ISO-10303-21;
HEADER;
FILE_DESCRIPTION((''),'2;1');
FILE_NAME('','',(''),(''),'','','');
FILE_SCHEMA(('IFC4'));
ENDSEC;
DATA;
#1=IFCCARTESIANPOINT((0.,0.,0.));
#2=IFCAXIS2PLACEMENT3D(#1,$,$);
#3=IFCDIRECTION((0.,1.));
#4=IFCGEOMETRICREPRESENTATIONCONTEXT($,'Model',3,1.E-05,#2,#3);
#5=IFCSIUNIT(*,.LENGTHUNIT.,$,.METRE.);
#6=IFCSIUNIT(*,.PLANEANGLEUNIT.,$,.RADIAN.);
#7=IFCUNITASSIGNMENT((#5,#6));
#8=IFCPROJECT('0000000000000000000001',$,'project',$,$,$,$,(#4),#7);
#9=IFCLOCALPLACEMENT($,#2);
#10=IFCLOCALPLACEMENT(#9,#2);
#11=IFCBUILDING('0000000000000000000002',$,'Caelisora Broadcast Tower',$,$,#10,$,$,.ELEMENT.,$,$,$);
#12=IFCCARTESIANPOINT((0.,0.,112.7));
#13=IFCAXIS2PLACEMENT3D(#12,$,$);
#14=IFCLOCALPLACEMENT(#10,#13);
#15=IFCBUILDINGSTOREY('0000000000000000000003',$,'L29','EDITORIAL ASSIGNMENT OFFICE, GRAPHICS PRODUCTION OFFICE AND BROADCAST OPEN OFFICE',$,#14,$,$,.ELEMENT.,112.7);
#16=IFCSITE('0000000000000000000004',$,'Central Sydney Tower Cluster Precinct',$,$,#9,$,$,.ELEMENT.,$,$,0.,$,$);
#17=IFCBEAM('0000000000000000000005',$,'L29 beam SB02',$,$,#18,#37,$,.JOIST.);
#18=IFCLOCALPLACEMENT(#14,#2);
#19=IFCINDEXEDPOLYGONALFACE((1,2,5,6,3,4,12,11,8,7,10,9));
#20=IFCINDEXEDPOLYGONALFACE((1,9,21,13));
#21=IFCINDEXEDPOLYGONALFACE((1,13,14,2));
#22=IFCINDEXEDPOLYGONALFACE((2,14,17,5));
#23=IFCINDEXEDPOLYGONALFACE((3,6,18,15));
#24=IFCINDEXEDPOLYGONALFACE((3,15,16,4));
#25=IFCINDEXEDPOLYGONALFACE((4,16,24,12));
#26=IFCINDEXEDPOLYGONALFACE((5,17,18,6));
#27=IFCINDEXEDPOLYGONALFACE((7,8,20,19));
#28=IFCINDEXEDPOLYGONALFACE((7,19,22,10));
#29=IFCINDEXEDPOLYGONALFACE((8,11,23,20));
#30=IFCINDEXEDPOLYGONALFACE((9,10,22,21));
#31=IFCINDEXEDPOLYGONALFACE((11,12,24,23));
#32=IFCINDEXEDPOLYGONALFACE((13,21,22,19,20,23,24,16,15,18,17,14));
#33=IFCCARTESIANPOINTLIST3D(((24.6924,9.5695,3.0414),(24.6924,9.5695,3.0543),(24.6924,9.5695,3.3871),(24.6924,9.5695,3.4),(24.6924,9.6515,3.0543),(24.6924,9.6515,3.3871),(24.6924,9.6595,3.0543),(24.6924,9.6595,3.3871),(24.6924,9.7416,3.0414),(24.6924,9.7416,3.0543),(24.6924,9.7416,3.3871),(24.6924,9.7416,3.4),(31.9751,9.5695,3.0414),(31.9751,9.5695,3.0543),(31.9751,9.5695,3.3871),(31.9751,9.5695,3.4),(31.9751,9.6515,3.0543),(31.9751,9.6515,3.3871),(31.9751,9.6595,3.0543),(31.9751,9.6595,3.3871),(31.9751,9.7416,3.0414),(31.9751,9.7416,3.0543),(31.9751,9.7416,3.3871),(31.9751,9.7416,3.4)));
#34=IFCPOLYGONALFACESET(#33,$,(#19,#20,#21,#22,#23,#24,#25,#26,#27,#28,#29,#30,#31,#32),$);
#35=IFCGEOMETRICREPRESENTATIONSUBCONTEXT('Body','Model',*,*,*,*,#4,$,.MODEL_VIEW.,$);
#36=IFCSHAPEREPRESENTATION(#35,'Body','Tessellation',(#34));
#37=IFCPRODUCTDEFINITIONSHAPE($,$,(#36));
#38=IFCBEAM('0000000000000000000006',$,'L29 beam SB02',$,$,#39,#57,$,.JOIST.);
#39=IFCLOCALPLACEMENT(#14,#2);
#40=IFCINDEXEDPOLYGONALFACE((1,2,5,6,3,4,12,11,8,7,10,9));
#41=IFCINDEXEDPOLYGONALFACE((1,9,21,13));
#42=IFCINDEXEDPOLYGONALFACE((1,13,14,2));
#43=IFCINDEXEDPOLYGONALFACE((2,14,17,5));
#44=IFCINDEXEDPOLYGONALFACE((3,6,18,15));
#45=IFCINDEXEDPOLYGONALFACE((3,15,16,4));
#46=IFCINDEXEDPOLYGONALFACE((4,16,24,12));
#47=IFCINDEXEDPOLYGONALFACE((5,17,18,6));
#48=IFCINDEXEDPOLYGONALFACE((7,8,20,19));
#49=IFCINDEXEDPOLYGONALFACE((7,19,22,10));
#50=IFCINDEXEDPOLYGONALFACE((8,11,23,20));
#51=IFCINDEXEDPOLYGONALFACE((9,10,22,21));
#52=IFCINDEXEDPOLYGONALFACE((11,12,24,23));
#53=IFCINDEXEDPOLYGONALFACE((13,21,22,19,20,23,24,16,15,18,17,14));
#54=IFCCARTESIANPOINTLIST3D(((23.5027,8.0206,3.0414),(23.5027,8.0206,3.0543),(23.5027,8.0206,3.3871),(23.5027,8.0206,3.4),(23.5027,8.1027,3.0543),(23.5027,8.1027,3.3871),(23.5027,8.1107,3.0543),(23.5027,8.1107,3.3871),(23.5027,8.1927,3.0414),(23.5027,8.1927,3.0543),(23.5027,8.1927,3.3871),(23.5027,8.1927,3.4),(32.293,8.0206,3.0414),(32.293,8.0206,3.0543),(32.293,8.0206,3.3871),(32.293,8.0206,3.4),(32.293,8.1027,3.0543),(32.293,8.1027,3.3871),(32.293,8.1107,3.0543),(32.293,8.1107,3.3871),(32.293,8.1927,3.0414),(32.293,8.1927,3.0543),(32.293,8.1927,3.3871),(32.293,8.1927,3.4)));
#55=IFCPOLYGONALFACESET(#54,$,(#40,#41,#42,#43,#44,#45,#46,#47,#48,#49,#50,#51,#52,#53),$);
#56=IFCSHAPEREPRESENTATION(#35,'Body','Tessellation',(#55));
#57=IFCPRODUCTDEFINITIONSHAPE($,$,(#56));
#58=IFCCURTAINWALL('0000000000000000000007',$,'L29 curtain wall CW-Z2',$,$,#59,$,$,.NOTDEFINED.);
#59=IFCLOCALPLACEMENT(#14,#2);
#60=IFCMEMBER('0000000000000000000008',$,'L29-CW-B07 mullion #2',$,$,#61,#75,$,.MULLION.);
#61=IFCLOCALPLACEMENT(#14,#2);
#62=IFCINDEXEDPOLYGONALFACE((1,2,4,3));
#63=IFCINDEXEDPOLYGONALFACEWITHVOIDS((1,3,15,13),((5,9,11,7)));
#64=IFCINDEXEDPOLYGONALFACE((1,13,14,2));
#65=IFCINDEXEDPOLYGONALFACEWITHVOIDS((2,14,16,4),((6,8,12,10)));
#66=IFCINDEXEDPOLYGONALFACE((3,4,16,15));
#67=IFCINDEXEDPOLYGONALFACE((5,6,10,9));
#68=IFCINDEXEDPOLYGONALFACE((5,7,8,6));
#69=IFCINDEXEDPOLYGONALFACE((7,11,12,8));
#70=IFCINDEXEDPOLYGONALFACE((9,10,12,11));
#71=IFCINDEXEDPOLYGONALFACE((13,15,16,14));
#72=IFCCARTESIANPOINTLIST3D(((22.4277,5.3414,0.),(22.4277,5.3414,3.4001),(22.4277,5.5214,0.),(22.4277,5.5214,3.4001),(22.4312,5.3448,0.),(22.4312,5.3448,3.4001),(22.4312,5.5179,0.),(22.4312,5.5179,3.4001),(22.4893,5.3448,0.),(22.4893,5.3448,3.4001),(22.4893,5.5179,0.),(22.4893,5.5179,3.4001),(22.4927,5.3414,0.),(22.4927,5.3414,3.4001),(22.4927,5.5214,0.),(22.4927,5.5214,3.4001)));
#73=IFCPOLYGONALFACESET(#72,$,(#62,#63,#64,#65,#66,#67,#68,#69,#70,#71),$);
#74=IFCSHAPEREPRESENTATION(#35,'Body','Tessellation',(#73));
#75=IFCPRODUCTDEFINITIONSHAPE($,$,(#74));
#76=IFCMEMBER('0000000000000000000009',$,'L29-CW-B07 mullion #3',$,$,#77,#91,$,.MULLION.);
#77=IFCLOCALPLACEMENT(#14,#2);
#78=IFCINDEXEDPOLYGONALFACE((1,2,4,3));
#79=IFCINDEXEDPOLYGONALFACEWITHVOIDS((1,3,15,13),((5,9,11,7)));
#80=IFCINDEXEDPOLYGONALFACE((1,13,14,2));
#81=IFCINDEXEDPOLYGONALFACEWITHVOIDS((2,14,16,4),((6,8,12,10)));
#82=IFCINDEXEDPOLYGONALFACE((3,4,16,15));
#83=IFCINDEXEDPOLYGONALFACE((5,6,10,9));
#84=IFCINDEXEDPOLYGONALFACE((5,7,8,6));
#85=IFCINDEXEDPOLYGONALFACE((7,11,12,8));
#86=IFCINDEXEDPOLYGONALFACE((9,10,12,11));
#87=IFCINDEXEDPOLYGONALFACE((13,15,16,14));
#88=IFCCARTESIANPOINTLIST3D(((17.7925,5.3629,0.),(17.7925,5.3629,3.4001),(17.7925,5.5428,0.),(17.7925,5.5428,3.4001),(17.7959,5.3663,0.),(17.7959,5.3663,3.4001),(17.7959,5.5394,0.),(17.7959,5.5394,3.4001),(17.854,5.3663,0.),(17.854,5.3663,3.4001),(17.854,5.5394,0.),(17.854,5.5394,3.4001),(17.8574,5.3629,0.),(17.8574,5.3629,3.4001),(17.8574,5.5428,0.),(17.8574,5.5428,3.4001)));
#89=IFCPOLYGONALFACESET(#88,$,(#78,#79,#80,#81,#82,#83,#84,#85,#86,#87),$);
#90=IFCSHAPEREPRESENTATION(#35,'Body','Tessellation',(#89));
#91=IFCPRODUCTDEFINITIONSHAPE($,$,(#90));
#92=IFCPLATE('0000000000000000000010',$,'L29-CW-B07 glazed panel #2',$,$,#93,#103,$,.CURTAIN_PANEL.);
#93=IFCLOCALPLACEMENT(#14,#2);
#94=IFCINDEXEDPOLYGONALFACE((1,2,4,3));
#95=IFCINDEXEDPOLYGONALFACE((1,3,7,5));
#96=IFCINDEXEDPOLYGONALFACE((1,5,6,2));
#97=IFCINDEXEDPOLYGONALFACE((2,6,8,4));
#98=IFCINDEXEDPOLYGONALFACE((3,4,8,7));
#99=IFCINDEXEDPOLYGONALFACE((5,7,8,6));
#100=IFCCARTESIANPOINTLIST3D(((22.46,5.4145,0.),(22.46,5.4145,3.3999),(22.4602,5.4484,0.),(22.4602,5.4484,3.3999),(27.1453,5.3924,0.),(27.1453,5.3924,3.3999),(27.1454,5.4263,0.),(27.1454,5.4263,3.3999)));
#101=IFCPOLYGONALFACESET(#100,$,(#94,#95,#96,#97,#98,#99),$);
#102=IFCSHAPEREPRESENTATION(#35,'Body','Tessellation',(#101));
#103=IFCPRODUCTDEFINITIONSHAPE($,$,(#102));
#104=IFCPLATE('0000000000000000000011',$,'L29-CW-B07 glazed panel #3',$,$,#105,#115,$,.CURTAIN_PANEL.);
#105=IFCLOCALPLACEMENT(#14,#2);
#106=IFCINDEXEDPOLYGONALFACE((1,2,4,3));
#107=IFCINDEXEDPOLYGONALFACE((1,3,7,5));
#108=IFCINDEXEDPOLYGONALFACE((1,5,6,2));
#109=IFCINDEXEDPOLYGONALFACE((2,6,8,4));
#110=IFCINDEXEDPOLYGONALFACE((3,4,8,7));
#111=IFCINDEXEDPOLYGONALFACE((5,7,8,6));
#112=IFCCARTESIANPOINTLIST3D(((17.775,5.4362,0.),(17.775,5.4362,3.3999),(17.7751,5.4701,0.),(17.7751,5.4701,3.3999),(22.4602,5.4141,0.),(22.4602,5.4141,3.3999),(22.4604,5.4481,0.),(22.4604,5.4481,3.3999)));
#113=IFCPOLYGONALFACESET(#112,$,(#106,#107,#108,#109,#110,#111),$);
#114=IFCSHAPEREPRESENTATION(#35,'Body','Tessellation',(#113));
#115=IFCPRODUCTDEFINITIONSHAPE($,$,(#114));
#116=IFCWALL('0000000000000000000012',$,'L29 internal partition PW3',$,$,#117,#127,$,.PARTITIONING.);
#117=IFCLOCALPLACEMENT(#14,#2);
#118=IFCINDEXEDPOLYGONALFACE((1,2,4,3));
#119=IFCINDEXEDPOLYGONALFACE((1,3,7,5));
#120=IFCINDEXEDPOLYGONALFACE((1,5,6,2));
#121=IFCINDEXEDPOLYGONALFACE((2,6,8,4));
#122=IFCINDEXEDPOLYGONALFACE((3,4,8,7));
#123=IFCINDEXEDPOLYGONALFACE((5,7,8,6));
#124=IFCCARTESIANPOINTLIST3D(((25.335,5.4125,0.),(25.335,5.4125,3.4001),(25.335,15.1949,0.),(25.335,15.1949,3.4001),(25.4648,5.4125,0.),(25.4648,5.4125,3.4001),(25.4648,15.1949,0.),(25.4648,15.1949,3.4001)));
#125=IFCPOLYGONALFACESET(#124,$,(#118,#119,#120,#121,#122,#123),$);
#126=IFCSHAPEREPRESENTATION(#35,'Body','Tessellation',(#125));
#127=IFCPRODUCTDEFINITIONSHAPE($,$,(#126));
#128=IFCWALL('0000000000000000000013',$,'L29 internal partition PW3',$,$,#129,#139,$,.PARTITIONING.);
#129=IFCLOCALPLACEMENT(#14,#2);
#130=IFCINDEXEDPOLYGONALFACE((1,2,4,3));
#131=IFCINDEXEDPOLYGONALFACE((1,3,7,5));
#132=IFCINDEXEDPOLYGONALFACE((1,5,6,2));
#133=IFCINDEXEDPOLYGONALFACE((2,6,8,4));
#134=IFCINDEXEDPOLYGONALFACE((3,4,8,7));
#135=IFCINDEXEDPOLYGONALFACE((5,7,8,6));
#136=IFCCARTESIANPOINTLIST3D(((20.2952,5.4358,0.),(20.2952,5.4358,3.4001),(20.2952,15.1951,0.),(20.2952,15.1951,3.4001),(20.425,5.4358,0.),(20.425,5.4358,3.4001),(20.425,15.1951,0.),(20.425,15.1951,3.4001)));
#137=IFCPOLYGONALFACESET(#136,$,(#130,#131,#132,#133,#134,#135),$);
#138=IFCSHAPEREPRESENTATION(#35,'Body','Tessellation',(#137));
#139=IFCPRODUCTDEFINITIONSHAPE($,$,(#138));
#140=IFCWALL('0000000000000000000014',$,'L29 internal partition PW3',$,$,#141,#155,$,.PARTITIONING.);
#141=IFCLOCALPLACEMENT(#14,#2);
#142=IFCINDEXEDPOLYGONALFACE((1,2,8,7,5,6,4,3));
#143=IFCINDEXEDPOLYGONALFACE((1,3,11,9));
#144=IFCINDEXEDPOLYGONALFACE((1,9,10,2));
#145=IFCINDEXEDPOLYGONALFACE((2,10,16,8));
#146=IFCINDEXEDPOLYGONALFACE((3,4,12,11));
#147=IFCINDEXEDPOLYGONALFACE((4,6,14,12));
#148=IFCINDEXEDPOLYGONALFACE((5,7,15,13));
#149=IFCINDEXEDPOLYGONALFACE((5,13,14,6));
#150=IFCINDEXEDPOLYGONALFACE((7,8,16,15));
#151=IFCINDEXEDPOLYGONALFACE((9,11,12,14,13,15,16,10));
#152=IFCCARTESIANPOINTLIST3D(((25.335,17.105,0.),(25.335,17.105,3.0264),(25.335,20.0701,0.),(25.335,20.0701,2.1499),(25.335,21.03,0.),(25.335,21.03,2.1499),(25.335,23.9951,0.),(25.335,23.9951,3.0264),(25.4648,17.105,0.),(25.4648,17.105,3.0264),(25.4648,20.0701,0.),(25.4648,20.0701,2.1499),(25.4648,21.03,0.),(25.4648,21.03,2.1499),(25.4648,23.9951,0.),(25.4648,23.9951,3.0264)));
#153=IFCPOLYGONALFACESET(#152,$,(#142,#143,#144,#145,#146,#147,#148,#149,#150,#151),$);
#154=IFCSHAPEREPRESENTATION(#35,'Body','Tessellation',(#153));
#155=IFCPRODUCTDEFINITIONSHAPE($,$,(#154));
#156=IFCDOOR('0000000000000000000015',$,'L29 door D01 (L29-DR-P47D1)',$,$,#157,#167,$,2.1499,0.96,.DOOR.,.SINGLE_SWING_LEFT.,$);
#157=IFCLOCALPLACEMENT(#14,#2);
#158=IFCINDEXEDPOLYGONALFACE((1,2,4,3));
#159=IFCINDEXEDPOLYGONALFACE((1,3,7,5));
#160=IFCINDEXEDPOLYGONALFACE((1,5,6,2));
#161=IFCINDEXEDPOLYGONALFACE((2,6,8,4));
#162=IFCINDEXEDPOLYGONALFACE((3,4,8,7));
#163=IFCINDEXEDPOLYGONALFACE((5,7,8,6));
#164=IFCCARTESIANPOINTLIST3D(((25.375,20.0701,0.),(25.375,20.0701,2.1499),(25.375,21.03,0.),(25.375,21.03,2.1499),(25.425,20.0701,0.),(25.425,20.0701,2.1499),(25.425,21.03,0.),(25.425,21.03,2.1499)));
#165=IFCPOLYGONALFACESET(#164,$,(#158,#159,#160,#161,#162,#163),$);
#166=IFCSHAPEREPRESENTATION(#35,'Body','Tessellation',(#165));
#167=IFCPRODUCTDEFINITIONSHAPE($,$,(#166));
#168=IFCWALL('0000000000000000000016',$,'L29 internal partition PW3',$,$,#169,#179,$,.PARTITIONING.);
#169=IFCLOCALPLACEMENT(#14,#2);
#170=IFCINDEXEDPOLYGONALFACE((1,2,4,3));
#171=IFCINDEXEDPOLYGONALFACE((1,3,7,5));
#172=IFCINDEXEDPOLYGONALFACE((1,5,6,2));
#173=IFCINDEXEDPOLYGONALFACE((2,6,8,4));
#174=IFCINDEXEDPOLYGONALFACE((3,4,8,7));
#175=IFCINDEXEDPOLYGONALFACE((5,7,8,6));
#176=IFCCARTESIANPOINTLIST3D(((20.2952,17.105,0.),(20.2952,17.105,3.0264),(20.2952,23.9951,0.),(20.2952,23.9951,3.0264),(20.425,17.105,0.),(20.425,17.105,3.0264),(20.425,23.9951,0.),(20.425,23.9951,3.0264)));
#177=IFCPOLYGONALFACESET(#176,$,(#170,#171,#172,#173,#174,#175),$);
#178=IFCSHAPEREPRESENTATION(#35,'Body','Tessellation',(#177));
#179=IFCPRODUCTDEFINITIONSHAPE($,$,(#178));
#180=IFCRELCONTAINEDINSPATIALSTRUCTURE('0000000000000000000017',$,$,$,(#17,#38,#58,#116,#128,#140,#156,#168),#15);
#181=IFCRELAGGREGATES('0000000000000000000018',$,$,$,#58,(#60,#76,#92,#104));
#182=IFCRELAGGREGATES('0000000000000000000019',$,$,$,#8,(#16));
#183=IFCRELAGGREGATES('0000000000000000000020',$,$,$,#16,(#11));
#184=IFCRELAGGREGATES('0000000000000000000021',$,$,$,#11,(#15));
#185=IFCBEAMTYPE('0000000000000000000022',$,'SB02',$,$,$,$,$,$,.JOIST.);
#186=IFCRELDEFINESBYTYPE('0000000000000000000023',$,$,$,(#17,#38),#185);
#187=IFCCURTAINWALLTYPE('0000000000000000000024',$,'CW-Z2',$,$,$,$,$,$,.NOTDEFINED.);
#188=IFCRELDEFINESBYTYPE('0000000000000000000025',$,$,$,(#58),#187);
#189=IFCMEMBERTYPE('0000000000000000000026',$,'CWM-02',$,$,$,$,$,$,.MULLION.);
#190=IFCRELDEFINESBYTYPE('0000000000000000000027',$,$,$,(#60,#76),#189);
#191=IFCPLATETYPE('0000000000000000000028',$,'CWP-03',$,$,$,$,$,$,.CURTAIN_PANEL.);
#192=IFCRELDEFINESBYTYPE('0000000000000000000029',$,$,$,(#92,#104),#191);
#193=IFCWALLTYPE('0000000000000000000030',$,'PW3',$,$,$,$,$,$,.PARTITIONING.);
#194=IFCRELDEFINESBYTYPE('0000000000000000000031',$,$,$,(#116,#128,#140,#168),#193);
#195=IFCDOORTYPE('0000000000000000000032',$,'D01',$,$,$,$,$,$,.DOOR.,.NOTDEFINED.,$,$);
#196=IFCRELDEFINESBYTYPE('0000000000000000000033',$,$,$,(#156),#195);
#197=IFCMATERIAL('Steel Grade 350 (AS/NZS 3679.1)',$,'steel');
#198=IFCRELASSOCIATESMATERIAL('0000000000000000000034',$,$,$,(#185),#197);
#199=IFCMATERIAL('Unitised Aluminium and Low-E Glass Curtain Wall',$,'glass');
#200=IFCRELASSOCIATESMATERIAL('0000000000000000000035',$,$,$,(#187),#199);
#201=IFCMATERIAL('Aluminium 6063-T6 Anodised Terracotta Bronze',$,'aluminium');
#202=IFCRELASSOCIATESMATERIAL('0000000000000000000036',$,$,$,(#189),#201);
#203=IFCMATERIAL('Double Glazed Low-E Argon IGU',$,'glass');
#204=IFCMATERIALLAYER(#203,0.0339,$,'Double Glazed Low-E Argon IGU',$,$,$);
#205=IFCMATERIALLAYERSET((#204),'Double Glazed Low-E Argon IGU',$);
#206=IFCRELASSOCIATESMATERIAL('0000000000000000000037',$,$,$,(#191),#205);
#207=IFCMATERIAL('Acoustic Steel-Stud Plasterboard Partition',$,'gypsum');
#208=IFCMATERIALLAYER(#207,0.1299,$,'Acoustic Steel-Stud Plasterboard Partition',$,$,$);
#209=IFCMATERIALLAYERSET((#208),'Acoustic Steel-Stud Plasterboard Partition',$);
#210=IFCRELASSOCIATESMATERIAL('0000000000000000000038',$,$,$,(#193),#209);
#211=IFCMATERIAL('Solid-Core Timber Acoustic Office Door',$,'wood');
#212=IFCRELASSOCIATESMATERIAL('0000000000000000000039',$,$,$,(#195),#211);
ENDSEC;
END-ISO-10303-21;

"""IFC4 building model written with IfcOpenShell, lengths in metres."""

from ifc_helpers import new_model, si_unit, direction, frame, frame_2d, origin, origin_2d, place, context, subcontext, project, spatial, rectangle, hollow_rectangle, i_section, extrude, source, transform, mapped, material, layer, layer_set, material_profile, profile_set, type_object, type_shapes, element, fill, aggregate, save


model = new_model("IFC4")

# Units and contexts
model_context = context("Model", 3, precision=1e-05, world=origin(), true_north=direction((0.0, 1.0)))
body_context = subcontext(model_context, "Body", "Model", "MODEL_VIEW")
ifc_project = project(units=[si_unit("LENGTHUNIT", "METRE"), si_unit("PLANEANGLEUNIT", "RADIAN")], contexts=[model_context])

# Site, building, storey
site_placement = place(None, origin())
site = spatial("IfcSite", under=ifc_project, at=site_placement, Name="Central Sydney Tower Cluster Precinct", CompositionType="ELEMENT", RefElevation=0.0)
building_placement = place(site_placement, origin())
building = spatial("IfcBuilding", under=site, at=building_placement, Name="Caelisora Broadcast Tower", CompositionType="ELEMENT")
storey_placement = place(building_placement, frame((0.0, 0.0, 112.7)))
storey = spatial("IfcBuildingStorey", under=building, at=storey_placement, Name="L29", Description="EDITORIAL ASSIGNMENT OFFICE, GRAPHICS PRODUCTION OFFICE AND BROADCAST OPEN OFFICE", CompositionType="ELEMENT", Elevation=112.7)

# Beams
ifc_material_1 = material(Name="Steel Grade 350 (AS/NZS 3679.1)", Category="steel")
ifc_material_profile_1 = material_profile(ifc_material_1, i_section(OverallWidth=0.1721, OverallDepth=0.3586, WebThickness=0.0081, FlangeThickness=0.0129, at=origin_2d()), Name="Steel Grade 350 (AS/NZS 3679.1)")
ifc_profile_set_1 = profile_set([ifc_material_profile_1], Name="Steel Grade 350 (AS/NZS 3679.1)")
beam_type_1 = type_object("IfcBeamType", Name="SB02", PredefinedType="JOIST", material=ifc_profile_set_1)
shared_shape_1 = source(origin(), body_context, "Body", "SweptSolid", [
    extrude(i_section(OverallWidth=0.1721, OverallDepth=0.3586, WebThickness=0.0081, FlangeThickness=0.0129, at=origin_2d()), origin(), (0.0, 0.0, 1.0), 7.2827),
])
beam_1_placement = place(storey_placement, frame((24.6924, 9.6555, 3.2207), z_axis=(1.0, 0.0, 0.0), x_axis=(0.0, 1.0, 0.0)))
element("IfcBeam", 1, at=beam_1_placement, inside=storey, type_object=beam_type_1, Name="L29 beam SB02", PredefinedType="JOIST", context=body_context, shape_type="MappedRepresentation", body=[
    mapped(shared_shape_1, transform((0.0, 0.0, 0.0), scale=1.0)),
])
shared_shape_2 = source(origin(), body_context, "Body", "SweptSolid", [
    extrude(i_section(OverallWidth=0.1721, OverallDepth=0.3586, WebThickness=0.0081, FlangeThickness=0.0129, at=origin_2d()), origin(), (0.0, 0.0, 1.0), 8.7903),
])
beam_2_placement = place(storey_placement, frame((23.5027, 8.1067, 3.2207), z_axis=(1.0, 0.0, 0.0), x_axis=(0.0, 1.0, 0.0)))
element("IfcBeam", 2, at=beam_2_placement, inside=storey, type_object=beam_type_1, Name="L29 beam SB02", PredefinedType="JOIST", context=body_context, shape_type="MappedRepresentation", body=[
    mapped(shared_shape_2, transform((0.0, 0.0, 0.0), scale=1.0)),
])

# Curtain wall, members, plates
ifc_material_2 = material(Name="Unitised Aluminium and Low-E Glass Curtain Wall", Category="glass")
curtain_wall_type = type_object("IfcCurtainWallType", Name="CW-Z2", PredefinedType="NOTDEFINED", material=ifc_material_2)
curtain_wall_placement = place(storey_placement, origin())
curtain_wall = element("IfcCurtainWall", 3, at=curtain_wall_placement, inside=storey, type_object=curtain_wall_type, Name="L29 curtain wall CW-Z2", PredefinedType="NOTDEFINED")
ifc_material_3 = material(Name="Aluminium 6063-T6 Anodised Terracotta Bronze", Category="aluminium")
ifc_material_profile_2 = material_profile(ifc_material_3, hollow_rectangle(XDim=0.0649, YDim=0.1799, WallThickness=0.0034, at=origin_2d()), Name="Aluminium 6063-T6 Anodised Terracotta Bronze")
ifc_profile_set_2 = profile_set([ifc_material_profile_2], Name="Aluminium 6063-T6 Anodised Terracotta Bronze")
member_type = type_object("IfcMemberType", Name="CWM-02", PredefinedType="MULLION", material=ifc_profile_set_2)
shared_shape_3 = source(origin(), body_context, "Body", "SweptSolid", [
    extrude(hollow_rectangle(XDim=0.0649, YDim=0.1799, WallThickness=0.0034, at=origin_2d()), origin(), (0.0, 0.0, 1.0), 3.4001),
])
type_shapes(member_type, [shared_shape_3])
member_1_placement = place(storey_placement, frame((22.4602, 5.4314, 0.0), z_axis=(0.0, 0.0, 1.0), x_axis=(1.0, 0.0, 0.0)))
member_1 = element("IfcMember", 4, at=member_1_placement, type_object=member_type, Name="L29-CW-B07 mullion #2", PredefinedType="MULLION", context=body_context, shape_type="MappedRepresentation", body=[
    mapped(shared_shape_3, transform((0.0, 0.0, 0.0), scale=1.0)),
])
member_2_placement = place(storey_placement, frame((17.825, 5.4529, 0.0), z_axis=(0.0, 0.0, 1.0), x_axis=(1.0, 0.0, 0.0)))
member_2 = element("IfcMember", 5, at=member_2_placement, type_object=member_type, Name="L29-CW-B07 mullion #3", PredefinedType="MULLION", context=body_context, shape_type="MappedRepresentation", body=[
    mapped(shared_shape_3, transform((0.0, 0.0, 0.0), scale=1.0)),
])
ifc_material_4 = material(Name="Double Glazed Low-E Argon IGU", Category="glass")
ifc_layer_1 = layer(ifc_material_4, 0.0339, Name="Double Glazed Low-E Argon IGU")
ifc_layer_set_1 = layer_set([ifc_layer_1], Name="Double Glazed Low-E Argon IGU")
plate_type = type_object("IfcPlateType", Name="CWP-03", PredefinedType="CURTAIN_PANEL", material=ifc_layer_set_1)
shared_shape_4 = source(origin(), body_context, "Body", "SweptSolid", [
    extrude(rectangle(XDim=4.6853, YDim=0.0339, at=origin_2d()), origin(), (0.0, 0.0, 1.0), 3.3999),
])
type_shapes(plate_type, [shared_shape_4])
plate_1_placement = place(storey_placement, frame((24.8027, 5.4204, 0.0), z_axis=(0.0, 0.0, 1.0), x_axis=(-0.999989, 0.004712, 0.0)))
plate_1 = element("IfcPlate", 6, at=plate_1_placement, type_object=plate_type, Name="L29-CW-B07 glazed panel #2", PredefinedType="CURTAIN_PANEL", context=body_context, shape_type="MappedRepresentation", body=[
    mapped(shared_shape_4, transform((0.0, 0.0, 0.0), scale=1.0)),
])
plate_2_placement = place(storey_placement, frame((20.1177, 5.4421, 0.0), z_axis=(0.0, 0.0, 1.0), x_axis=(-0.999989, 0.004712, 0.0)))
plate_2 = element("IfcPlate", 7, at=plate_2_placement, type_object=plate_type, Name="L29-CW-B07 glazed panel #3", PredefinedType="CURTAIN_PANEL", context=body_context, shape_type="MappedRepresentation", body=[
    mapped(shared_shape_4, transform((0.0, 0.0, 0.0), scale=1.0)),
])
aggregate(curtain_wall, [member_1, member_2, plate_1, plate_2])

# Walls
ifc_material_5 = material(Name="Acoustic Steel-Stud Plasterboard Partition", Category="gypsum")
ifc_layer_2 = layer(ifc_material_5, 0.1299, Name="Acoustic Steel-Stud Plasterboard Partition")
ifc_layer_set_2 = layer_set([ifc_layer_2], Name="Acoustic Steel-Stud Plasterboard Partition")
wall_type = type_object("IfcWallType", Name="PW3", PredefinedType="PARTITIONING", material=ifc_layer_set_2)
wall_1_placement = place(storey_placement, frame((25.3999, 5.4126, 0.0), z_axis=(0.0, 0.0, 1.0), x_axis=(0.0, 1.0, 0.0)))
element("IfcWall", 8, at=wall_1_placement, inside=storey, type_object=wall_type, Name="L29 internal partition PW3", PredefinedType="PARTITIONING", context=body_context, shape_type="SweptSolid", body=[
    extrude(rectangle(XDim=9.7825, YDim=0.1299, at=frame_2d((4.8911, 0.0))), origin(), (0.0, 0.0, 1.0), 3.4001),
])
wall_2_placement = place(storey_placement, frame((20.3601, 5.4358, 0.0), z_axis=(0.0, 0.0, 1.0), x_axis=(0.0, 1.0, 0.0)))
element("IfcWall", 9, at=wall_2_placement, inside=storey, type_object=wall_type, Name="L29 internal partition PW3", PredefinedType="PARTITIONING", context=body_context, shape_type="SweptSolid", body=[
    extrude(rectangle(XDim=9.7593, YDim=0.1299, at=frame_2d((4.8796, 0.0))), origin(), (0.0, 0.0, 1.0), 3.4001),
])

# Wall, opening, door
wall_3_placement = place(storey_placement, frame((25.3999, 17.105, 0.0), z_axis=(0.0, 0.0, 1.0), x_axis=(0.0, 1.0, 0.0)))
wall_3 = element("IfcWall", 10, at=wall_3_placement, inside=storey, type_object=wall_type, Name="L29 internal partition PW3", PredefinedType="PARTITIONING", context=body_context, shape_type="SweptSolid", body=[
    extrude(rectangle(XDim=6.8901, YDim=0.1299, at=frame_2d((3.4451, 0.0))), origin(), (0.0, 0.0, 1.0), 3.0264),
])
opening_1_placement = place(wall_3_placement, frame((2.9651, 0.0, 0.0)))
opening_1 = element("IfcOpeningElement", 11, at=opening_1_placement, cuts=wall_3, PredefinedType="OPENING", context=body_context, shape_type="SweptSolid", body=[
    extrude(rectangle(XDim=0.96, YDim=2.1499, at=frame_2d((0.48, 1.075))), frame((0.0, 0.0769, 0.0), z_axis=(0.0, -1.0, 0.0), x_axis=(1.0, 0.0, 0.0)), (0.0, 0.0, 1.0), 0.1538),
])
ifc_material_6 = material(Name="Solid-Core Timber Acoustic Office Door", Category="wood")
door_type = type_object("IfcDoorType", Name="D01", OperationType="NOTDEFINED", PredefinedType="DOOR", material=ifc_material_6)
door_1_placement = place(opening_1_placement, origin())
door_1 = element("IfcDoor", 12, at=door_1_placement, inside=storey, type_object=door_type, Name="L29 door D01 (L29-DR-P47D1)", OperationType="SINGLE_SWING_LEFT", OverallHeight=2.1499, OverallWidth=0.96, PredefinedType="DOOR", context=body_context, shape_type="SweptSolid", body=[
    extrude(rectangle(XDim=0.96, YDim=2.1499, at=frame_2d((0.48, 1.075))), frame((0.0, 0.0249, 0.0), z_axis=(0.0, -1.0, 0.0), x_axis=(1.0, 0.0, 0.0)), (0.0, 0.0, 1.0), 0.05),
])
fill(opening_1, door_1)

# Wall
wall_4_placement = place(storey_placement, frame((20.3601, 17.105, 0.0), z_axis=(0.0, 0.0, 1.0), x_axis=(0.0, 1.0, 0.0)))
element("IfcWall", 13, at=wall_4_placement, inside=storey, type_object=wall_type, Name="L29 internal partition PW3", PredefinedType="PARTITIONING", context=body_context, shape_type="SweptSolid", body=[
    extrude(rectangle(XDim=6.8901, YDim=0.1299, at=frame_2d((3.4451, 0.0))), origin(), (0.0, 0.0, 1.0), 3.0264),
])

save(model, "model.ifc")
